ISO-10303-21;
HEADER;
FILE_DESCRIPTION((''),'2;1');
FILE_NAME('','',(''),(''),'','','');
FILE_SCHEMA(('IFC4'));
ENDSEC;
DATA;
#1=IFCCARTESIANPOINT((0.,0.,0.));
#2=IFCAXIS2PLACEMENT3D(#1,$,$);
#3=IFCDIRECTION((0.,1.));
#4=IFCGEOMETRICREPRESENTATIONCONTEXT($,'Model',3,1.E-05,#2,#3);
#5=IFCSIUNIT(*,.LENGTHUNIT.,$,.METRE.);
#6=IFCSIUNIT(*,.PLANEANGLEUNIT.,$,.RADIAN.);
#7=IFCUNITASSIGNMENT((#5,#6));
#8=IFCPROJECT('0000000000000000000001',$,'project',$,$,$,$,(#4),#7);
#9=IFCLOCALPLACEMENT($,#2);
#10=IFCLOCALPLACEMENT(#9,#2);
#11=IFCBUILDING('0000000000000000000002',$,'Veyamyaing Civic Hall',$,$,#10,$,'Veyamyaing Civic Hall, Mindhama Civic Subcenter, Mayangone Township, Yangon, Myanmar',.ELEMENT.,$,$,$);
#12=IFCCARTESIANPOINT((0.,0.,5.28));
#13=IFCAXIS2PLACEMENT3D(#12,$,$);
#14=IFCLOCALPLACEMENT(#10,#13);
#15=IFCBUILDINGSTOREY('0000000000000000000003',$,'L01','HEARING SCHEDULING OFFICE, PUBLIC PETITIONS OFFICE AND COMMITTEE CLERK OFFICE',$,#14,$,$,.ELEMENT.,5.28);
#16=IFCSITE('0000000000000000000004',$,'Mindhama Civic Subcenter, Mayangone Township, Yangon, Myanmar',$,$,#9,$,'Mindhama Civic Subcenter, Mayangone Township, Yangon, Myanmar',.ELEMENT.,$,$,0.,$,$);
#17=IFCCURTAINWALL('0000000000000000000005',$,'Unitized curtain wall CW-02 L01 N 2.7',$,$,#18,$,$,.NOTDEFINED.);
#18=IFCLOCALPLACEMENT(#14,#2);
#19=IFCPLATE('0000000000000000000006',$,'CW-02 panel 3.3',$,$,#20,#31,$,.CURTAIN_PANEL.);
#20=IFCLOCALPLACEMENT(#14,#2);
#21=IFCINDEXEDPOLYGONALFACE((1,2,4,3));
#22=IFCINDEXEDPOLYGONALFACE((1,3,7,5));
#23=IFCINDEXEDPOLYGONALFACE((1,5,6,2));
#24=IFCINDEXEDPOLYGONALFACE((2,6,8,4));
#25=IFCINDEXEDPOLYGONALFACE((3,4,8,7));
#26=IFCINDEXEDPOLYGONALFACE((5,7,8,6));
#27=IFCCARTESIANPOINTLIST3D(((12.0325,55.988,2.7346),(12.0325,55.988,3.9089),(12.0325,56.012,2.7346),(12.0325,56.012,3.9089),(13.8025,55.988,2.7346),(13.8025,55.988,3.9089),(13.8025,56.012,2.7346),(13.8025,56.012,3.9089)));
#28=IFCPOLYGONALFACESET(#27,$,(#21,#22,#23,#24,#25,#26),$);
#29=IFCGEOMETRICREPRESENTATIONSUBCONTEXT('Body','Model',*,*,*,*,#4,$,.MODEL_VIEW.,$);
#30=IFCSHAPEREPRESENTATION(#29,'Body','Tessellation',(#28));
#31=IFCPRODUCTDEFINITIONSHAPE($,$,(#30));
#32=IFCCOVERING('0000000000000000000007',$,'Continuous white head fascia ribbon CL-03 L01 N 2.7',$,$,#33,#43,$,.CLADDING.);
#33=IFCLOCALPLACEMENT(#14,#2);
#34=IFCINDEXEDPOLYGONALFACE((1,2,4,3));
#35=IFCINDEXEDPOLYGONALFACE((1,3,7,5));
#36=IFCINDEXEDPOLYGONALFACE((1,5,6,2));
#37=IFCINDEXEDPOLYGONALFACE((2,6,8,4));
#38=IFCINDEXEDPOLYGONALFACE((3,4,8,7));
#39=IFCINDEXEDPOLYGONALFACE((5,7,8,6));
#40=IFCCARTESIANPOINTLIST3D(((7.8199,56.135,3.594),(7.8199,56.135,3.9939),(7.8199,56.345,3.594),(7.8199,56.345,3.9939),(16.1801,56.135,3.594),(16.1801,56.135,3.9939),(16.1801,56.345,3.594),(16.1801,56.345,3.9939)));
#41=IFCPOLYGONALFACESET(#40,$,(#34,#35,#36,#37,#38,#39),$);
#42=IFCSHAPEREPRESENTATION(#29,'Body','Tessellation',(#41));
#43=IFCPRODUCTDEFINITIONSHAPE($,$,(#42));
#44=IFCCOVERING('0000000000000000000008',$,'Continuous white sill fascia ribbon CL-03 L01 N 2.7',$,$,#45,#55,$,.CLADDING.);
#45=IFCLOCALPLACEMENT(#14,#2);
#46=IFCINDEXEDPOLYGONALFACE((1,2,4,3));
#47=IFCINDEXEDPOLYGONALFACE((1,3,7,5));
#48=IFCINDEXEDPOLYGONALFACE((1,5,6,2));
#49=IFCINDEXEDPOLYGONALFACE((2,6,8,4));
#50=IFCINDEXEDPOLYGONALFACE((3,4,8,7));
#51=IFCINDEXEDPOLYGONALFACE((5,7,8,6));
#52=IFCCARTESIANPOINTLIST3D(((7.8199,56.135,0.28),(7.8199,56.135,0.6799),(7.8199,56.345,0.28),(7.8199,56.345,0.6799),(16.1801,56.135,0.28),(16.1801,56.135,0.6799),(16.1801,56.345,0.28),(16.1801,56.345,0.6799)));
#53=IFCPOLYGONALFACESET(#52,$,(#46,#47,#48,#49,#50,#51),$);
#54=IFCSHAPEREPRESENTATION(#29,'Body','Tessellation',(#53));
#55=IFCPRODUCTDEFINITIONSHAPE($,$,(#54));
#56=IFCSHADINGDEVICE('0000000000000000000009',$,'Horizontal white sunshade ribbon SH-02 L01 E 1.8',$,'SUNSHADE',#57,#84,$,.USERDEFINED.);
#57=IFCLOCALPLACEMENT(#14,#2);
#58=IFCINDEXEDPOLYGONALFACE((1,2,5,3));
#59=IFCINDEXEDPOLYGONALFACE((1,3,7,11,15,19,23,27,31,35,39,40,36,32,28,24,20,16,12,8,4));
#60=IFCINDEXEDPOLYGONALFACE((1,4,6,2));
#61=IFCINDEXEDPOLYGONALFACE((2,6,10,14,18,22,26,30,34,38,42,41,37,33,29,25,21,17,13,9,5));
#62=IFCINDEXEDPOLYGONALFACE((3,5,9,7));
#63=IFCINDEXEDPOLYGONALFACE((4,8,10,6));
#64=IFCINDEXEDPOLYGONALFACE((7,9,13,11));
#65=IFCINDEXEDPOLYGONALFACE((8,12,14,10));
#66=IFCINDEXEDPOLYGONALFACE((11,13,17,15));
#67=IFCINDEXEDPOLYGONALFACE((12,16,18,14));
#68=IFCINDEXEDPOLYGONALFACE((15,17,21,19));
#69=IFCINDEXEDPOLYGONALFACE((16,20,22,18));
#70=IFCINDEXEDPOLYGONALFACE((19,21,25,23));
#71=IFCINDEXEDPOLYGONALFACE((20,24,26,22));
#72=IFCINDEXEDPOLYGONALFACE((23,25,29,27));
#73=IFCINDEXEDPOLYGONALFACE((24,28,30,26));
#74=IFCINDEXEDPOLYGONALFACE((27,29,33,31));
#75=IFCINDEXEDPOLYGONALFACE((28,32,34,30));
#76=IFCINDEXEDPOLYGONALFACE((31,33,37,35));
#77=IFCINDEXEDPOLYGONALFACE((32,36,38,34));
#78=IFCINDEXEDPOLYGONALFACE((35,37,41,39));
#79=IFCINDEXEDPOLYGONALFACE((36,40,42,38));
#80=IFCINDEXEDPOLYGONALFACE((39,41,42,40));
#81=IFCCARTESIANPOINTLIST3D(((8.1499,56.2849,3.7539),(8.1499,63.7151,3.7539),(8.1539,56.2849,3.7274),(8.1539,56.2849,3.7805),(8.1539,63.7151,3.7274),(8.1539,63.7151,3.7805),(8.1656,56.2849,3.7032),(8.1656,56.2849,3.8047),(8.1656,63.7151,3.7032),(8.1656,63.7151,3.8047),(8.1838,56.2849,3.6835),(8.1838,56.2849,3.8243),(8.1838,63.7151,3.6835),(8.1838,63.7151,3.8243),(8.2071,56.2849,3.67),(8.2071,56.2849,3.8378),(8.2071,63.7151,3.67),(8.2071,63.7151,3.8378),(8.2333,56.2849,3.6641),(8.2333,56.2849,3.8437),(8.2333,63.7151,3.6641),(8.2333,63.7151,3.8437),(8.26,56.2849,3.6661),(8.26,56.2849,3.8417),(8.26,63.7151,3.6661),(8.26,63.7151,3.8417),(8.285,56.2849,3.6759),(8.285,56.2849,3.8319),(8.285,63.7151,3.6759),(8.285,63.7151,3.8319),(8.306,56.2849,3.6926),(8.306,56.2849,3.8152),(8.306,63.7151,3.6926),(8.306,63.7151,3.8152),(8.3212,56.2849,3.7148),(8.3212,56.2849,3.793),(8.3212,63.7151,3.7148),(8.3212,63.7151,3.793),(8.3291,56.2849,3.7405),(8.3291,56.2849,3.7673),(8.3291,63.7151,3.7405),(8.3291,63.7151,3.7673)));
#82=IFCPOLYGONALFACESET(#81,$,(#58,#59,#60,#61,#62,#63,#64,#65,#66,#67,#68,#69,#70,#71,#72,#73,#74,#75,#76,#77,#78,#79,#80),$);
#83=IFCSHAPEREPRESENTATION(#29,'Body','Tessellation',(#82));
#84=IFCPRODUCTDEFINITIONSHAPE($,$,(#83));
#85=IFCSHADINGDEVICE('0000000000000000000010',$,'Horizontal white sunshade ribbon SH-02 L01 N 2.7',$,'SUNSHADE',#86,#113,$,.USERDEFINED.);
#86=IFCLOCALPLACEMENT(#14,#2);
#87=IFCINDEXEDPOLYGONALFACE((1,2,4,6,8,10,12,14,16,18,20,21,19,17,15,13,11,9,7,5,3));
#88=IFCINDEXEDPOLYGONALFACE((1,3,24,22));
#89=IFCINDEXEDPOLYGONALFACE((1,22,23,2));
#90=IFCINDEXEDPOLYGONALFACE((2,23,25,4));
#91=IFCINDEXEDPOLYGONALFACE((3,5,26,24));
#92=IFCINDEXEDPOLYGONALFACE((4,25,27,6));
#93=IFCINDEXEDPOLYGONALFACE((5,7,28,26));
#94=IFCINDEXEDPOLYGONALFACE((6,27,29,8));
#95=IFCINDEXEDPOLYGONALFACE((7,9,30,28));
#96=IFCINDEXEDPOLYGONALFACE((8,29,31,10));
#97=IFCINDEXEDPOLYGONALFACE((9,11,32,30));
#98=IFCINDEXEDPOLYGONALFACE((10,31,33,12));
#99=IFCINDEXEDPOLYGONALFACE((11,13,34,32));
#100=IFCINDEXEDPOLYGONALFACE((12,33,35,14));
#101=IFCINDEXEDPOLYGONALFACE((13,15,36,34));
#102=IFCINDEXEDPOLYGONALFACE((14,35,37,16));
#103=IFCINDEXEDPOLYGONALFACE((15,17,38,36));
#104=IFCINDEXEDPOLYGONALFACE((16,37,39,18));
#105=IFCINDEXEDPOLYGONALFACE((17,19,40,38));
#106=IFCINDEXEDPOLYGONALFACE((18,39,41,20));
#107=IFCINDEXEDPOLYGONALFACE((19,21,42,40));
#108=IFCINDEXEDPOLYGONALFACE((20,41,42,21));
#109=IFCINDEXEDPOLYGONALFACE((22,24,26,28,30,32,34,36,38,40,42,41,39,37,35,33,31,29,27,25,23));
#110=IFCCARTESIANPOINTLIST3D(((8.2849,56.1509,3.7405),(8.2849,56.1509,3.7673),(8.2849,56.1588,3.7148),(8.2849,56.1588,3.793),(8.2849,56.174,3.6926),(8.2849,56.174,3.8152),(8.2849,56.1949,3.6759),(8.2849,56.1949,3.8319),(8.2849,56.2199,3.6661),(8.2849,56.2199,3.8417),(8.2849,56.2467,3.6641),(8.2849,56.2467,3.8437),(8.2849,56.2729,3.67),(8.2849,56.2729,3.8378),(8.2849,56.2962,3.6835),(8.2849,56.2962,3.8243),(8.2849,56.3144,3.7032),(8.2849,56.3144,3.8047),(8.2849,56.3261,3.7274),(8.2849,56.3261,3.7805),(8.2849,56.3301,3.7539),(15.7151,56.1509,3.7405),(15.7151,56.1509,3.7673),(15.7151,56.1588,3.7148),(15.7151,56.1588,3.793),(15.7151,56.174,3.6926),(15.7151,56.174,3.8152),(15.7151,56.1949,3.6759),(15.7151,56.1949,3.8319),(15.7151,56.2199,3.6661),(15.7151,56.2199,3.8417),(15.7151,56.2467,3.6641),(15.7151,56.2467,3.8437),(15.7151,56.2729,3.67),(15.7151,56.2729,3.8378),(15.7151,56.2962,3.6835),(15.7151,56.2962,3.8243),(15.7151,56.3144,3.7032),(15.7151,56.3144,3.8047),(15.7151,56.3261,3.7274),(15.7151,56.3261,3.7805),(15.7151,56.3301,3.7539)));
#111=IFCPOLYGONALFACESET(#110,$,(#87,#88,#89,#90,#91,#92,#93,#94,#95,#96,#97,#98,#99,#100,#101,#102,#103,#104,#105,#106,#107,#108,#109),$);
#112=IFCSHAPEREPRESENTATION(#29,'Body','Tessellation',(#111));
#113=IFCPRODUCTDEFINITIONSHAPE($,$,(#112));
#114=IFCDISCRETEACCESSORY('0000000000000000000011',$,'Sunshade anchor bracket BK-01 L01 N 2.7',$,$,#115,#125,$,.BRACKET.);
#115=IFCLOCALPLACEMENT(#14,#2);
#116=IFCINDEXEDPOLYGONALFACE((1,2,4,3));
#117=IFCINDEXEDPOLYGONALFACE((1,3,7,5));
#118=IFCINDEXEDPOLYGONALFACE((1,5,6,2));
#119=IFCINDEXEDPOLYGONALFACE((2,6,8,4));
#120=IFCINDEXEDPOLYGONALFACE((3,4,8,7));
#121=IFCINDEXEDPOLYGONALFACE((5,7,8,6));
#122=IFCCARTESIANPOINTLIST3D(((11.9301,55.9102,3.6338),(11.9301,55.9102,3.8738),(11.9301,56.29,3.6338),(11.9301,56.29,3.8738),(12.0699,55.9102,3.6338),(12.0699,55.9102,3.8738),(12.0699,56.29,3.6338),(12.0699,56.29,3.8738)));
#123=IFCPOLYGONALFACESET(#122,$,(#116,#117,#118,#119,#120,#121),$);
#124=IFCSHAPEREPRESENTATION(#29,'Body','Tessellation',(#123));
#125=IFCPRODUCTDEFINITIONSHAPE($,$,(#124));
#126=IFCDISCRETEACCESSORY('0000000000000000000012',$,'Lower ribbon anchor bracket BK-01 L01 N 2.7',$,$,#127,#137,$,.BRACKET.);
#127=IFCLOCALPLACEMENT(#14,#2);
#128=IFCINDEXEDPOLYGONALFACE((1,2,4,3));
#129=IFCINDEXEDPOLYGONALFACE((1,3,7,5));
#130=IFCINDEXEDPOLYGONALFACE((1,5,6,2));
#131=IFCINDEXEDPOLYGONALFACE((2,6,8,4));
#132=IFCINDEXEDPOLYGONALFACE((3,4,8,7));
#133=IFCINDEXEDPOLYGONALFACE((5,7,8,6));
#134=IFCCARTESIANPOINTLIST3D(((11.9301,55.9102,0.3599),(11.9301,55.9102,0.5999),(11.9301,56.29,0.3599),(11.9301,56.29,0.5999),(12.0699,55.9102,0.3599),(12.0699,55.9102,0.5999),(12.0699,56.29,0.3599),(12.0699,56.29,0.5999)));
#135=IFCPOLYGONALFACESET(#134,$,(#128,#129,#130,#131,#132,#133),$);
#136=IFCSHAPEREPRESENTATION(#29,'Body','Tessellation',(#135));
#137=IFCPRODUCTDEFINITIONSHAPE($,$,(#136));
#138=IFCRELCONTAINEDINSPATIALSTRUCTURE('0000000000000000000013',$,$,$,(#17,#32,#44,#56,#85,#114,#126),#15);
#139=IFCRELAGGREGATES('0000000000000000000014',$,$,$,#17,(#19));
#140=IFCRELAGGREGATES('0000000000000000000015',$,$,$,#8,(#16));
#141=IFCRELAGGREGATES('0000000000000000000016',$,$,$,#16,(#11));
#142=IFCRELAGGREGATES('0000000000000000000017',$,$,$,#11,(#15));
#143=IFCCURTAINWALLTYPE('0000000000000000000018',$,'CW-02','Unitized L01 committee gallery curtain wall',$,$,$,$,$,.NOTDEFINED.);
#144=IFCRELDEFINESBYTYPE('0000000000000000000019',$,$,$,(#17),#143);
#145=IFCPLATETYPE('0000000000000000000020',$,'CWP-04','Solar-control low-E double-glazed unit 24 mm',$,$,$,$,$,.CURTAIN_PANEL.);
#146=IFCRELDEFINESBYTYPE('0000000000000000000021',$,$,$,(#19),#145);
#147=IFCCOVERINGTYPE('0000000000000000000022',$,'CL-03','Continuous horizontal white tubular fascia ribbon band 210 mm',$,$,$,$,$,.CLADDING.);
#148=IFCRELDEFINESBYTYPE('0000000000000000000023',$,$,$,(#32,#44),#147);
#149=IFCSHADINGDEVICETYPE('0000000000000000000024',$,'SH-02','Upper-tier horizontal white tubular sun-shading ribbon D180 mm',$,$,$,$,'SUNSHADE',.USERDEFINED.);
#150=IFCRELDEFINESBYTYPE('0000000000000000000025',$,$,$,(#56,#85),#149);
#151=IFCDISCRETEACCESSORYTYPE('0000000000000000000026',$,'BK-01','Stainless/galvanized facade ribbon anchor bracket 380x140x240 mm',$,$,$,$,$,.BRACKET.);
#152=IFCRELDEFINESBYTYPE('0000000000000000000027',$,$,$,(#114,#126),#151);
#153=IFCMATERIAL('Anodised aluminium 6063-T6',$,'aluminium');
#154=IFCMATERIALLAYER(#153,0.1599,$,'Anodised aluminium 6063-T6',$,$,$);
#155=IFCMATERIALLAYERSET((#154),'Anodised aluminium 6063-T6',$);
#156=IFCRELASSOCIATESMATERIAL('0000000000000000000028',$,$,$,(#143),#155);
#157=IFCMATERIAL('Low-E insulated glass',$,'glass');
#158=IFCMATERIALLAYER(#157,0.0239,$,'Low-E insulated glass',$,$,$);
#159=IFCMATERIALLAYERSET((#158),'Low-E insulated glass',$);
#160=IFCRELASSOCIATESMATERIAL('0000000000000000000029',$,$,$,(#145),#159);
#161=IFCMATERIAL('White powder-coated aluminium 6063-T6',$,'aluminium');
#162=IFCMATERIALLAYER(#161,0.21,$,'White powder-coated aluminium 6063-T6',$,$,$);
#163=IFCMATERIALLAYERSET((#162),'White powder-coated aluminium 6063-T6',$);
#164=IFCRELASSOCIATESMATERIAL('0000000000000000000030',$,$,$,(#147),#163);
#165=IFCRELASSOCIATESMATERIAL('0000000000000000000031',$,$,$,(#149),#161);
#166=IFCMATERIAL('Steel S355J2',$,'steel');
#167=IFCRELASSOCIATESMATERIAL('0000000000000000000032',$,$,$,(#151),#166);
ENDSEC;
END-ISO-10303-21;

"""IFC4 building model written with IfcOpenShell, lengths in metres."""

from ifc_helpers import new_model, si_unit, direction, frame, origin, origin_2d, place, context, subcontext, project, spatial, rectangle, circle, extrude, material, layer, layer_set, material_profile, profile_set, type_object, element, aggregate, save


model = new_model("IFC4")

# Units and contexts
model_context = context("Model", 3, precision=1e-05, world=origin(), true_north=direction((0.0, 1.0)))
body_context = subcontext(model_context, "Body", "Model", "MODEL_VIEW")
ifc_project = project(units=[si_unit("LENGTHUNIT", "METRE"), si_unit("PLANEANGLEUNIT", "RADIAN")], contexts=[model_context])

# Site, building, storey
site_placement = place(None, origin())
site = spatial("IfcSite", under=ifc_project, at=site_placement, Name="Mindhama Civic Subcenter, Mayangone Township, Yangon, Myanmar", LongName="Mindhama Civic Subcenter, Mayangone Township, Yangon, Myanmar", CompositionType="ELEMENT", RefElevation=0.0)
building_placement = place(site_placement, origin())
building = spatial("IfcBuilding", under=site, at=building_placement, Name="Veyamyaing Civic Hall", LongName="Veyamyaing Civic Hall, Mindhama Civic Subcenter, Mayangone Township, Yangon, Myanmar", CompositionType="ELEMENT")
storey_placement = place(building_placement, frame((0.0, 0.0, 5.28)))
storey = spatial("IfcBuildingStorey", under=building, at=storey_placement, Name="L01", Description="HEARING SCHEDULING OFFICE, PUBLIC PETITIONS OFFICE AND COMMITTEE CLERK OFFICE", CompositionType="ELEMENT", Elevation=5.28)

# Curtain wall
ifc_material_1 = material(Name="Anodised aluminium 6063-T6", Category="aluminium")
ifc_layer_1 = layer(ifc_material_1, 0.1599, Name="Anodised aluminium 6063-T6")
ifc_layer_set_1 = layer_set([ifc_layer_1], Name="Anodised aluminium 6063-T6")
curtain_wall_type = type_object("IfcCurtainWallType", Name="CW-02", Description="Unitized L01 committee gallery curtain wall", PredefinedType="NOTDEFINED", material=ifc_layer_set_1)
curtain_wall_1_placement = place(storey_placement, origin())
curtain_wall_1 = element("IfcCurtainWall", 1, at=curtain_wall_1_placement, inside=storey, type_object=curtain_wall_type, Name="Unitized curtain wall CW-02 L01 N 2.7", PredefinedType="NOTDEFINED")

# Plate
ifc_material_2 = material(Name="Low-E insulated glass", Category="glass")
ifc_layer_2 = layer(ifc_material_2, 0.0239, Name="Low-E insulated glass")
ifc_layer_set_2 = layer_set([ifc_layer_2], Name="Low-E insulated glass")
plate_type = type_object("IfcPlateType", Name="CWP-04", Description="Solar-control low-E double-glazed unit 24 mm", PredefinedType="CURTAIN_PANEL", material=ifc_layer_set_2)
plate_1_placement = place(storey_placement, frame((12.9175, 56.0, 2.7346), z_axis=(0.0, 0.0, 1.0), x_axis=(1.0, 0.0, 0.0)))
plate_1 = element("IfcPlate", 2, at=plate_1_placement, type_object=plate_type, Name="CW-02 panel 3.3", PredefinedType="CURTAIN_PANEL", context=body_context, shape_type="SweptSolid", body=[
    extrude(rectangle(XDim=1.77, YDim=0.0239, at=origin_2d()), origin(), (0.0, 0.0, 1.0), 1.1743),
])
aggregate(curtain_wall_1, [plate_1])

# Coverings
ifc_material_3 = material(Name="White powder-coated aluminium 6063-T6", Category="aluminium")
ifc_layer_3 = layer(ifc_material_3, 0.21, Name="White powder-coated aluminium 6063-T6")
ifc_layer_set_3 = layer_set([ifc_layer_3], Name="White powder-coated aluminium 6063-T6")
covering_type = type_object("IfcCoveringType", Name="CL-03", Description="Continuous horizontal white tubular fascia ribbon band 210 mm", PredefinedType="CLADDING", material=ifc_layer_set_3)
for number, where, z_axis, x_axis, name in (
    (3, (12.0, 56.24, 3.594), (0.0, 0.0, 1.0), (1.0, 0.0, 0.0), "Continuous white head fascia ribbon CL-03 L01 N 2.7"),
    (4, (12.0, 56.24, 0.28), (0.0, 0.0, 1.0), (1.0, 0.0, 0.0), "Continuous white sill fascia ribbon CL-03 L01 N 2.7"),
):
    element("IfcCovering", number, at=place(storey_placement, frame(where, z_axis=z_axis, x_axis=x_axis)), inside=storey, type_object=covering_type, Name=name, PredefinedType="CLADDING", context=body_context, shape_type="SweptSolid", body=[
        extrude(rectangle(XDim=8.3601, YDim=0.21, at=origin_2d()), origin(), (0.0, 0.0, 1.0), 0.3999),
    ])

# Shading devices
ifc_material_profile_1 = material_profile(ifc_material_3, circle(Radius=0.0901, at=origin_2d()), Name="SHADE-TUBE-180")
ifc_profile_set_1 = profile_set([ifc_material_profile_1], Name="White powder-coated aluminium 6063-T6")
shading_device_type = type_object("IfcShadingDeviceType", Name="SH-02", Description="Upper-tier horizontal white tubular sun-shading ribbon D180 mm", ElementType="SUNSHADE", PredefinedType="USERDEFINED", material=ifc_profile_set_1)
for number, where, z_axis, x_axis, name in (
    (5, (8.24, 56.2849, 3.7539), (0.0, 1.0, 0.0), (-1.0, 0.0, 0.0), "Horizontal white sunshade ribbon SH-02 L01 E 1.8"),
    (6, (8.2849, 56.24, 3.7539), (1.0, 0.0, 0.0), (0.0, 1.0, 0.0), "Horizontal white sunshade ribbon SH-02 L01 N 2.7"),
):
    element("IfcShadingDevice", number, at=place(storey_placement, frame(where, z_axis=z_axis, x_axis=x_axis)), inside=storey, type_object=shading_device_type, Name=name, ObjectType="SUNSHADE", PredefinedType="USERDEFINED", context=body_context, shape_type="SweptSolid", body=[
        extrude(circle(Radius=0.0901, at=origin_2d()), origin(), (0.0, 0.0, 1.0), 7.4302),
    ])

# Discrete accessories
ifc_material_4 = material(Name="Steel S355J2", Category="steel")
discrete_accessory_type = type_object("IfcDiscreteAccessoryType", Name="BK-01", Description="Stainless/galvanized facade ribbon anchor bracket 380x140x240 mm", PredefinedType="BRACKET", material=ifc_material_4)
for number, where, z_axis, x_axis, name in (
    (7, (12.0, 56.1001, 3.6338), (0.0, 0.0, 1.0), (0.0, 1.0, 0.0), "Sunshade anchor bracket BK-01 L01 N 2.7"),
    (8, (12.0, 56.1001, 0.3599), (0.0, 0.0, 1.0), (0.0, 1.0, 0.0), "Lower ribbon anchor bracket BK-01 L01 N 2.7"),
):
    element("IfcDiscreteAccessory", number, at=place(storey_placement, frame(where, z_axis=z_axis, x_axis=x_axis)), inside=storey, type_object=discrete_accessory_type, Name=name, PredefinedType="BRACKET", context=body_context, shape_type="SweptSolid", body=[
        extrude(rectangle(XDim=0.3799, YDim=0.1399, at=origin_2d()), origin(), (0.0, 0.0, 1.0), 0.24),
    ])

save(model, "model.ifc")
